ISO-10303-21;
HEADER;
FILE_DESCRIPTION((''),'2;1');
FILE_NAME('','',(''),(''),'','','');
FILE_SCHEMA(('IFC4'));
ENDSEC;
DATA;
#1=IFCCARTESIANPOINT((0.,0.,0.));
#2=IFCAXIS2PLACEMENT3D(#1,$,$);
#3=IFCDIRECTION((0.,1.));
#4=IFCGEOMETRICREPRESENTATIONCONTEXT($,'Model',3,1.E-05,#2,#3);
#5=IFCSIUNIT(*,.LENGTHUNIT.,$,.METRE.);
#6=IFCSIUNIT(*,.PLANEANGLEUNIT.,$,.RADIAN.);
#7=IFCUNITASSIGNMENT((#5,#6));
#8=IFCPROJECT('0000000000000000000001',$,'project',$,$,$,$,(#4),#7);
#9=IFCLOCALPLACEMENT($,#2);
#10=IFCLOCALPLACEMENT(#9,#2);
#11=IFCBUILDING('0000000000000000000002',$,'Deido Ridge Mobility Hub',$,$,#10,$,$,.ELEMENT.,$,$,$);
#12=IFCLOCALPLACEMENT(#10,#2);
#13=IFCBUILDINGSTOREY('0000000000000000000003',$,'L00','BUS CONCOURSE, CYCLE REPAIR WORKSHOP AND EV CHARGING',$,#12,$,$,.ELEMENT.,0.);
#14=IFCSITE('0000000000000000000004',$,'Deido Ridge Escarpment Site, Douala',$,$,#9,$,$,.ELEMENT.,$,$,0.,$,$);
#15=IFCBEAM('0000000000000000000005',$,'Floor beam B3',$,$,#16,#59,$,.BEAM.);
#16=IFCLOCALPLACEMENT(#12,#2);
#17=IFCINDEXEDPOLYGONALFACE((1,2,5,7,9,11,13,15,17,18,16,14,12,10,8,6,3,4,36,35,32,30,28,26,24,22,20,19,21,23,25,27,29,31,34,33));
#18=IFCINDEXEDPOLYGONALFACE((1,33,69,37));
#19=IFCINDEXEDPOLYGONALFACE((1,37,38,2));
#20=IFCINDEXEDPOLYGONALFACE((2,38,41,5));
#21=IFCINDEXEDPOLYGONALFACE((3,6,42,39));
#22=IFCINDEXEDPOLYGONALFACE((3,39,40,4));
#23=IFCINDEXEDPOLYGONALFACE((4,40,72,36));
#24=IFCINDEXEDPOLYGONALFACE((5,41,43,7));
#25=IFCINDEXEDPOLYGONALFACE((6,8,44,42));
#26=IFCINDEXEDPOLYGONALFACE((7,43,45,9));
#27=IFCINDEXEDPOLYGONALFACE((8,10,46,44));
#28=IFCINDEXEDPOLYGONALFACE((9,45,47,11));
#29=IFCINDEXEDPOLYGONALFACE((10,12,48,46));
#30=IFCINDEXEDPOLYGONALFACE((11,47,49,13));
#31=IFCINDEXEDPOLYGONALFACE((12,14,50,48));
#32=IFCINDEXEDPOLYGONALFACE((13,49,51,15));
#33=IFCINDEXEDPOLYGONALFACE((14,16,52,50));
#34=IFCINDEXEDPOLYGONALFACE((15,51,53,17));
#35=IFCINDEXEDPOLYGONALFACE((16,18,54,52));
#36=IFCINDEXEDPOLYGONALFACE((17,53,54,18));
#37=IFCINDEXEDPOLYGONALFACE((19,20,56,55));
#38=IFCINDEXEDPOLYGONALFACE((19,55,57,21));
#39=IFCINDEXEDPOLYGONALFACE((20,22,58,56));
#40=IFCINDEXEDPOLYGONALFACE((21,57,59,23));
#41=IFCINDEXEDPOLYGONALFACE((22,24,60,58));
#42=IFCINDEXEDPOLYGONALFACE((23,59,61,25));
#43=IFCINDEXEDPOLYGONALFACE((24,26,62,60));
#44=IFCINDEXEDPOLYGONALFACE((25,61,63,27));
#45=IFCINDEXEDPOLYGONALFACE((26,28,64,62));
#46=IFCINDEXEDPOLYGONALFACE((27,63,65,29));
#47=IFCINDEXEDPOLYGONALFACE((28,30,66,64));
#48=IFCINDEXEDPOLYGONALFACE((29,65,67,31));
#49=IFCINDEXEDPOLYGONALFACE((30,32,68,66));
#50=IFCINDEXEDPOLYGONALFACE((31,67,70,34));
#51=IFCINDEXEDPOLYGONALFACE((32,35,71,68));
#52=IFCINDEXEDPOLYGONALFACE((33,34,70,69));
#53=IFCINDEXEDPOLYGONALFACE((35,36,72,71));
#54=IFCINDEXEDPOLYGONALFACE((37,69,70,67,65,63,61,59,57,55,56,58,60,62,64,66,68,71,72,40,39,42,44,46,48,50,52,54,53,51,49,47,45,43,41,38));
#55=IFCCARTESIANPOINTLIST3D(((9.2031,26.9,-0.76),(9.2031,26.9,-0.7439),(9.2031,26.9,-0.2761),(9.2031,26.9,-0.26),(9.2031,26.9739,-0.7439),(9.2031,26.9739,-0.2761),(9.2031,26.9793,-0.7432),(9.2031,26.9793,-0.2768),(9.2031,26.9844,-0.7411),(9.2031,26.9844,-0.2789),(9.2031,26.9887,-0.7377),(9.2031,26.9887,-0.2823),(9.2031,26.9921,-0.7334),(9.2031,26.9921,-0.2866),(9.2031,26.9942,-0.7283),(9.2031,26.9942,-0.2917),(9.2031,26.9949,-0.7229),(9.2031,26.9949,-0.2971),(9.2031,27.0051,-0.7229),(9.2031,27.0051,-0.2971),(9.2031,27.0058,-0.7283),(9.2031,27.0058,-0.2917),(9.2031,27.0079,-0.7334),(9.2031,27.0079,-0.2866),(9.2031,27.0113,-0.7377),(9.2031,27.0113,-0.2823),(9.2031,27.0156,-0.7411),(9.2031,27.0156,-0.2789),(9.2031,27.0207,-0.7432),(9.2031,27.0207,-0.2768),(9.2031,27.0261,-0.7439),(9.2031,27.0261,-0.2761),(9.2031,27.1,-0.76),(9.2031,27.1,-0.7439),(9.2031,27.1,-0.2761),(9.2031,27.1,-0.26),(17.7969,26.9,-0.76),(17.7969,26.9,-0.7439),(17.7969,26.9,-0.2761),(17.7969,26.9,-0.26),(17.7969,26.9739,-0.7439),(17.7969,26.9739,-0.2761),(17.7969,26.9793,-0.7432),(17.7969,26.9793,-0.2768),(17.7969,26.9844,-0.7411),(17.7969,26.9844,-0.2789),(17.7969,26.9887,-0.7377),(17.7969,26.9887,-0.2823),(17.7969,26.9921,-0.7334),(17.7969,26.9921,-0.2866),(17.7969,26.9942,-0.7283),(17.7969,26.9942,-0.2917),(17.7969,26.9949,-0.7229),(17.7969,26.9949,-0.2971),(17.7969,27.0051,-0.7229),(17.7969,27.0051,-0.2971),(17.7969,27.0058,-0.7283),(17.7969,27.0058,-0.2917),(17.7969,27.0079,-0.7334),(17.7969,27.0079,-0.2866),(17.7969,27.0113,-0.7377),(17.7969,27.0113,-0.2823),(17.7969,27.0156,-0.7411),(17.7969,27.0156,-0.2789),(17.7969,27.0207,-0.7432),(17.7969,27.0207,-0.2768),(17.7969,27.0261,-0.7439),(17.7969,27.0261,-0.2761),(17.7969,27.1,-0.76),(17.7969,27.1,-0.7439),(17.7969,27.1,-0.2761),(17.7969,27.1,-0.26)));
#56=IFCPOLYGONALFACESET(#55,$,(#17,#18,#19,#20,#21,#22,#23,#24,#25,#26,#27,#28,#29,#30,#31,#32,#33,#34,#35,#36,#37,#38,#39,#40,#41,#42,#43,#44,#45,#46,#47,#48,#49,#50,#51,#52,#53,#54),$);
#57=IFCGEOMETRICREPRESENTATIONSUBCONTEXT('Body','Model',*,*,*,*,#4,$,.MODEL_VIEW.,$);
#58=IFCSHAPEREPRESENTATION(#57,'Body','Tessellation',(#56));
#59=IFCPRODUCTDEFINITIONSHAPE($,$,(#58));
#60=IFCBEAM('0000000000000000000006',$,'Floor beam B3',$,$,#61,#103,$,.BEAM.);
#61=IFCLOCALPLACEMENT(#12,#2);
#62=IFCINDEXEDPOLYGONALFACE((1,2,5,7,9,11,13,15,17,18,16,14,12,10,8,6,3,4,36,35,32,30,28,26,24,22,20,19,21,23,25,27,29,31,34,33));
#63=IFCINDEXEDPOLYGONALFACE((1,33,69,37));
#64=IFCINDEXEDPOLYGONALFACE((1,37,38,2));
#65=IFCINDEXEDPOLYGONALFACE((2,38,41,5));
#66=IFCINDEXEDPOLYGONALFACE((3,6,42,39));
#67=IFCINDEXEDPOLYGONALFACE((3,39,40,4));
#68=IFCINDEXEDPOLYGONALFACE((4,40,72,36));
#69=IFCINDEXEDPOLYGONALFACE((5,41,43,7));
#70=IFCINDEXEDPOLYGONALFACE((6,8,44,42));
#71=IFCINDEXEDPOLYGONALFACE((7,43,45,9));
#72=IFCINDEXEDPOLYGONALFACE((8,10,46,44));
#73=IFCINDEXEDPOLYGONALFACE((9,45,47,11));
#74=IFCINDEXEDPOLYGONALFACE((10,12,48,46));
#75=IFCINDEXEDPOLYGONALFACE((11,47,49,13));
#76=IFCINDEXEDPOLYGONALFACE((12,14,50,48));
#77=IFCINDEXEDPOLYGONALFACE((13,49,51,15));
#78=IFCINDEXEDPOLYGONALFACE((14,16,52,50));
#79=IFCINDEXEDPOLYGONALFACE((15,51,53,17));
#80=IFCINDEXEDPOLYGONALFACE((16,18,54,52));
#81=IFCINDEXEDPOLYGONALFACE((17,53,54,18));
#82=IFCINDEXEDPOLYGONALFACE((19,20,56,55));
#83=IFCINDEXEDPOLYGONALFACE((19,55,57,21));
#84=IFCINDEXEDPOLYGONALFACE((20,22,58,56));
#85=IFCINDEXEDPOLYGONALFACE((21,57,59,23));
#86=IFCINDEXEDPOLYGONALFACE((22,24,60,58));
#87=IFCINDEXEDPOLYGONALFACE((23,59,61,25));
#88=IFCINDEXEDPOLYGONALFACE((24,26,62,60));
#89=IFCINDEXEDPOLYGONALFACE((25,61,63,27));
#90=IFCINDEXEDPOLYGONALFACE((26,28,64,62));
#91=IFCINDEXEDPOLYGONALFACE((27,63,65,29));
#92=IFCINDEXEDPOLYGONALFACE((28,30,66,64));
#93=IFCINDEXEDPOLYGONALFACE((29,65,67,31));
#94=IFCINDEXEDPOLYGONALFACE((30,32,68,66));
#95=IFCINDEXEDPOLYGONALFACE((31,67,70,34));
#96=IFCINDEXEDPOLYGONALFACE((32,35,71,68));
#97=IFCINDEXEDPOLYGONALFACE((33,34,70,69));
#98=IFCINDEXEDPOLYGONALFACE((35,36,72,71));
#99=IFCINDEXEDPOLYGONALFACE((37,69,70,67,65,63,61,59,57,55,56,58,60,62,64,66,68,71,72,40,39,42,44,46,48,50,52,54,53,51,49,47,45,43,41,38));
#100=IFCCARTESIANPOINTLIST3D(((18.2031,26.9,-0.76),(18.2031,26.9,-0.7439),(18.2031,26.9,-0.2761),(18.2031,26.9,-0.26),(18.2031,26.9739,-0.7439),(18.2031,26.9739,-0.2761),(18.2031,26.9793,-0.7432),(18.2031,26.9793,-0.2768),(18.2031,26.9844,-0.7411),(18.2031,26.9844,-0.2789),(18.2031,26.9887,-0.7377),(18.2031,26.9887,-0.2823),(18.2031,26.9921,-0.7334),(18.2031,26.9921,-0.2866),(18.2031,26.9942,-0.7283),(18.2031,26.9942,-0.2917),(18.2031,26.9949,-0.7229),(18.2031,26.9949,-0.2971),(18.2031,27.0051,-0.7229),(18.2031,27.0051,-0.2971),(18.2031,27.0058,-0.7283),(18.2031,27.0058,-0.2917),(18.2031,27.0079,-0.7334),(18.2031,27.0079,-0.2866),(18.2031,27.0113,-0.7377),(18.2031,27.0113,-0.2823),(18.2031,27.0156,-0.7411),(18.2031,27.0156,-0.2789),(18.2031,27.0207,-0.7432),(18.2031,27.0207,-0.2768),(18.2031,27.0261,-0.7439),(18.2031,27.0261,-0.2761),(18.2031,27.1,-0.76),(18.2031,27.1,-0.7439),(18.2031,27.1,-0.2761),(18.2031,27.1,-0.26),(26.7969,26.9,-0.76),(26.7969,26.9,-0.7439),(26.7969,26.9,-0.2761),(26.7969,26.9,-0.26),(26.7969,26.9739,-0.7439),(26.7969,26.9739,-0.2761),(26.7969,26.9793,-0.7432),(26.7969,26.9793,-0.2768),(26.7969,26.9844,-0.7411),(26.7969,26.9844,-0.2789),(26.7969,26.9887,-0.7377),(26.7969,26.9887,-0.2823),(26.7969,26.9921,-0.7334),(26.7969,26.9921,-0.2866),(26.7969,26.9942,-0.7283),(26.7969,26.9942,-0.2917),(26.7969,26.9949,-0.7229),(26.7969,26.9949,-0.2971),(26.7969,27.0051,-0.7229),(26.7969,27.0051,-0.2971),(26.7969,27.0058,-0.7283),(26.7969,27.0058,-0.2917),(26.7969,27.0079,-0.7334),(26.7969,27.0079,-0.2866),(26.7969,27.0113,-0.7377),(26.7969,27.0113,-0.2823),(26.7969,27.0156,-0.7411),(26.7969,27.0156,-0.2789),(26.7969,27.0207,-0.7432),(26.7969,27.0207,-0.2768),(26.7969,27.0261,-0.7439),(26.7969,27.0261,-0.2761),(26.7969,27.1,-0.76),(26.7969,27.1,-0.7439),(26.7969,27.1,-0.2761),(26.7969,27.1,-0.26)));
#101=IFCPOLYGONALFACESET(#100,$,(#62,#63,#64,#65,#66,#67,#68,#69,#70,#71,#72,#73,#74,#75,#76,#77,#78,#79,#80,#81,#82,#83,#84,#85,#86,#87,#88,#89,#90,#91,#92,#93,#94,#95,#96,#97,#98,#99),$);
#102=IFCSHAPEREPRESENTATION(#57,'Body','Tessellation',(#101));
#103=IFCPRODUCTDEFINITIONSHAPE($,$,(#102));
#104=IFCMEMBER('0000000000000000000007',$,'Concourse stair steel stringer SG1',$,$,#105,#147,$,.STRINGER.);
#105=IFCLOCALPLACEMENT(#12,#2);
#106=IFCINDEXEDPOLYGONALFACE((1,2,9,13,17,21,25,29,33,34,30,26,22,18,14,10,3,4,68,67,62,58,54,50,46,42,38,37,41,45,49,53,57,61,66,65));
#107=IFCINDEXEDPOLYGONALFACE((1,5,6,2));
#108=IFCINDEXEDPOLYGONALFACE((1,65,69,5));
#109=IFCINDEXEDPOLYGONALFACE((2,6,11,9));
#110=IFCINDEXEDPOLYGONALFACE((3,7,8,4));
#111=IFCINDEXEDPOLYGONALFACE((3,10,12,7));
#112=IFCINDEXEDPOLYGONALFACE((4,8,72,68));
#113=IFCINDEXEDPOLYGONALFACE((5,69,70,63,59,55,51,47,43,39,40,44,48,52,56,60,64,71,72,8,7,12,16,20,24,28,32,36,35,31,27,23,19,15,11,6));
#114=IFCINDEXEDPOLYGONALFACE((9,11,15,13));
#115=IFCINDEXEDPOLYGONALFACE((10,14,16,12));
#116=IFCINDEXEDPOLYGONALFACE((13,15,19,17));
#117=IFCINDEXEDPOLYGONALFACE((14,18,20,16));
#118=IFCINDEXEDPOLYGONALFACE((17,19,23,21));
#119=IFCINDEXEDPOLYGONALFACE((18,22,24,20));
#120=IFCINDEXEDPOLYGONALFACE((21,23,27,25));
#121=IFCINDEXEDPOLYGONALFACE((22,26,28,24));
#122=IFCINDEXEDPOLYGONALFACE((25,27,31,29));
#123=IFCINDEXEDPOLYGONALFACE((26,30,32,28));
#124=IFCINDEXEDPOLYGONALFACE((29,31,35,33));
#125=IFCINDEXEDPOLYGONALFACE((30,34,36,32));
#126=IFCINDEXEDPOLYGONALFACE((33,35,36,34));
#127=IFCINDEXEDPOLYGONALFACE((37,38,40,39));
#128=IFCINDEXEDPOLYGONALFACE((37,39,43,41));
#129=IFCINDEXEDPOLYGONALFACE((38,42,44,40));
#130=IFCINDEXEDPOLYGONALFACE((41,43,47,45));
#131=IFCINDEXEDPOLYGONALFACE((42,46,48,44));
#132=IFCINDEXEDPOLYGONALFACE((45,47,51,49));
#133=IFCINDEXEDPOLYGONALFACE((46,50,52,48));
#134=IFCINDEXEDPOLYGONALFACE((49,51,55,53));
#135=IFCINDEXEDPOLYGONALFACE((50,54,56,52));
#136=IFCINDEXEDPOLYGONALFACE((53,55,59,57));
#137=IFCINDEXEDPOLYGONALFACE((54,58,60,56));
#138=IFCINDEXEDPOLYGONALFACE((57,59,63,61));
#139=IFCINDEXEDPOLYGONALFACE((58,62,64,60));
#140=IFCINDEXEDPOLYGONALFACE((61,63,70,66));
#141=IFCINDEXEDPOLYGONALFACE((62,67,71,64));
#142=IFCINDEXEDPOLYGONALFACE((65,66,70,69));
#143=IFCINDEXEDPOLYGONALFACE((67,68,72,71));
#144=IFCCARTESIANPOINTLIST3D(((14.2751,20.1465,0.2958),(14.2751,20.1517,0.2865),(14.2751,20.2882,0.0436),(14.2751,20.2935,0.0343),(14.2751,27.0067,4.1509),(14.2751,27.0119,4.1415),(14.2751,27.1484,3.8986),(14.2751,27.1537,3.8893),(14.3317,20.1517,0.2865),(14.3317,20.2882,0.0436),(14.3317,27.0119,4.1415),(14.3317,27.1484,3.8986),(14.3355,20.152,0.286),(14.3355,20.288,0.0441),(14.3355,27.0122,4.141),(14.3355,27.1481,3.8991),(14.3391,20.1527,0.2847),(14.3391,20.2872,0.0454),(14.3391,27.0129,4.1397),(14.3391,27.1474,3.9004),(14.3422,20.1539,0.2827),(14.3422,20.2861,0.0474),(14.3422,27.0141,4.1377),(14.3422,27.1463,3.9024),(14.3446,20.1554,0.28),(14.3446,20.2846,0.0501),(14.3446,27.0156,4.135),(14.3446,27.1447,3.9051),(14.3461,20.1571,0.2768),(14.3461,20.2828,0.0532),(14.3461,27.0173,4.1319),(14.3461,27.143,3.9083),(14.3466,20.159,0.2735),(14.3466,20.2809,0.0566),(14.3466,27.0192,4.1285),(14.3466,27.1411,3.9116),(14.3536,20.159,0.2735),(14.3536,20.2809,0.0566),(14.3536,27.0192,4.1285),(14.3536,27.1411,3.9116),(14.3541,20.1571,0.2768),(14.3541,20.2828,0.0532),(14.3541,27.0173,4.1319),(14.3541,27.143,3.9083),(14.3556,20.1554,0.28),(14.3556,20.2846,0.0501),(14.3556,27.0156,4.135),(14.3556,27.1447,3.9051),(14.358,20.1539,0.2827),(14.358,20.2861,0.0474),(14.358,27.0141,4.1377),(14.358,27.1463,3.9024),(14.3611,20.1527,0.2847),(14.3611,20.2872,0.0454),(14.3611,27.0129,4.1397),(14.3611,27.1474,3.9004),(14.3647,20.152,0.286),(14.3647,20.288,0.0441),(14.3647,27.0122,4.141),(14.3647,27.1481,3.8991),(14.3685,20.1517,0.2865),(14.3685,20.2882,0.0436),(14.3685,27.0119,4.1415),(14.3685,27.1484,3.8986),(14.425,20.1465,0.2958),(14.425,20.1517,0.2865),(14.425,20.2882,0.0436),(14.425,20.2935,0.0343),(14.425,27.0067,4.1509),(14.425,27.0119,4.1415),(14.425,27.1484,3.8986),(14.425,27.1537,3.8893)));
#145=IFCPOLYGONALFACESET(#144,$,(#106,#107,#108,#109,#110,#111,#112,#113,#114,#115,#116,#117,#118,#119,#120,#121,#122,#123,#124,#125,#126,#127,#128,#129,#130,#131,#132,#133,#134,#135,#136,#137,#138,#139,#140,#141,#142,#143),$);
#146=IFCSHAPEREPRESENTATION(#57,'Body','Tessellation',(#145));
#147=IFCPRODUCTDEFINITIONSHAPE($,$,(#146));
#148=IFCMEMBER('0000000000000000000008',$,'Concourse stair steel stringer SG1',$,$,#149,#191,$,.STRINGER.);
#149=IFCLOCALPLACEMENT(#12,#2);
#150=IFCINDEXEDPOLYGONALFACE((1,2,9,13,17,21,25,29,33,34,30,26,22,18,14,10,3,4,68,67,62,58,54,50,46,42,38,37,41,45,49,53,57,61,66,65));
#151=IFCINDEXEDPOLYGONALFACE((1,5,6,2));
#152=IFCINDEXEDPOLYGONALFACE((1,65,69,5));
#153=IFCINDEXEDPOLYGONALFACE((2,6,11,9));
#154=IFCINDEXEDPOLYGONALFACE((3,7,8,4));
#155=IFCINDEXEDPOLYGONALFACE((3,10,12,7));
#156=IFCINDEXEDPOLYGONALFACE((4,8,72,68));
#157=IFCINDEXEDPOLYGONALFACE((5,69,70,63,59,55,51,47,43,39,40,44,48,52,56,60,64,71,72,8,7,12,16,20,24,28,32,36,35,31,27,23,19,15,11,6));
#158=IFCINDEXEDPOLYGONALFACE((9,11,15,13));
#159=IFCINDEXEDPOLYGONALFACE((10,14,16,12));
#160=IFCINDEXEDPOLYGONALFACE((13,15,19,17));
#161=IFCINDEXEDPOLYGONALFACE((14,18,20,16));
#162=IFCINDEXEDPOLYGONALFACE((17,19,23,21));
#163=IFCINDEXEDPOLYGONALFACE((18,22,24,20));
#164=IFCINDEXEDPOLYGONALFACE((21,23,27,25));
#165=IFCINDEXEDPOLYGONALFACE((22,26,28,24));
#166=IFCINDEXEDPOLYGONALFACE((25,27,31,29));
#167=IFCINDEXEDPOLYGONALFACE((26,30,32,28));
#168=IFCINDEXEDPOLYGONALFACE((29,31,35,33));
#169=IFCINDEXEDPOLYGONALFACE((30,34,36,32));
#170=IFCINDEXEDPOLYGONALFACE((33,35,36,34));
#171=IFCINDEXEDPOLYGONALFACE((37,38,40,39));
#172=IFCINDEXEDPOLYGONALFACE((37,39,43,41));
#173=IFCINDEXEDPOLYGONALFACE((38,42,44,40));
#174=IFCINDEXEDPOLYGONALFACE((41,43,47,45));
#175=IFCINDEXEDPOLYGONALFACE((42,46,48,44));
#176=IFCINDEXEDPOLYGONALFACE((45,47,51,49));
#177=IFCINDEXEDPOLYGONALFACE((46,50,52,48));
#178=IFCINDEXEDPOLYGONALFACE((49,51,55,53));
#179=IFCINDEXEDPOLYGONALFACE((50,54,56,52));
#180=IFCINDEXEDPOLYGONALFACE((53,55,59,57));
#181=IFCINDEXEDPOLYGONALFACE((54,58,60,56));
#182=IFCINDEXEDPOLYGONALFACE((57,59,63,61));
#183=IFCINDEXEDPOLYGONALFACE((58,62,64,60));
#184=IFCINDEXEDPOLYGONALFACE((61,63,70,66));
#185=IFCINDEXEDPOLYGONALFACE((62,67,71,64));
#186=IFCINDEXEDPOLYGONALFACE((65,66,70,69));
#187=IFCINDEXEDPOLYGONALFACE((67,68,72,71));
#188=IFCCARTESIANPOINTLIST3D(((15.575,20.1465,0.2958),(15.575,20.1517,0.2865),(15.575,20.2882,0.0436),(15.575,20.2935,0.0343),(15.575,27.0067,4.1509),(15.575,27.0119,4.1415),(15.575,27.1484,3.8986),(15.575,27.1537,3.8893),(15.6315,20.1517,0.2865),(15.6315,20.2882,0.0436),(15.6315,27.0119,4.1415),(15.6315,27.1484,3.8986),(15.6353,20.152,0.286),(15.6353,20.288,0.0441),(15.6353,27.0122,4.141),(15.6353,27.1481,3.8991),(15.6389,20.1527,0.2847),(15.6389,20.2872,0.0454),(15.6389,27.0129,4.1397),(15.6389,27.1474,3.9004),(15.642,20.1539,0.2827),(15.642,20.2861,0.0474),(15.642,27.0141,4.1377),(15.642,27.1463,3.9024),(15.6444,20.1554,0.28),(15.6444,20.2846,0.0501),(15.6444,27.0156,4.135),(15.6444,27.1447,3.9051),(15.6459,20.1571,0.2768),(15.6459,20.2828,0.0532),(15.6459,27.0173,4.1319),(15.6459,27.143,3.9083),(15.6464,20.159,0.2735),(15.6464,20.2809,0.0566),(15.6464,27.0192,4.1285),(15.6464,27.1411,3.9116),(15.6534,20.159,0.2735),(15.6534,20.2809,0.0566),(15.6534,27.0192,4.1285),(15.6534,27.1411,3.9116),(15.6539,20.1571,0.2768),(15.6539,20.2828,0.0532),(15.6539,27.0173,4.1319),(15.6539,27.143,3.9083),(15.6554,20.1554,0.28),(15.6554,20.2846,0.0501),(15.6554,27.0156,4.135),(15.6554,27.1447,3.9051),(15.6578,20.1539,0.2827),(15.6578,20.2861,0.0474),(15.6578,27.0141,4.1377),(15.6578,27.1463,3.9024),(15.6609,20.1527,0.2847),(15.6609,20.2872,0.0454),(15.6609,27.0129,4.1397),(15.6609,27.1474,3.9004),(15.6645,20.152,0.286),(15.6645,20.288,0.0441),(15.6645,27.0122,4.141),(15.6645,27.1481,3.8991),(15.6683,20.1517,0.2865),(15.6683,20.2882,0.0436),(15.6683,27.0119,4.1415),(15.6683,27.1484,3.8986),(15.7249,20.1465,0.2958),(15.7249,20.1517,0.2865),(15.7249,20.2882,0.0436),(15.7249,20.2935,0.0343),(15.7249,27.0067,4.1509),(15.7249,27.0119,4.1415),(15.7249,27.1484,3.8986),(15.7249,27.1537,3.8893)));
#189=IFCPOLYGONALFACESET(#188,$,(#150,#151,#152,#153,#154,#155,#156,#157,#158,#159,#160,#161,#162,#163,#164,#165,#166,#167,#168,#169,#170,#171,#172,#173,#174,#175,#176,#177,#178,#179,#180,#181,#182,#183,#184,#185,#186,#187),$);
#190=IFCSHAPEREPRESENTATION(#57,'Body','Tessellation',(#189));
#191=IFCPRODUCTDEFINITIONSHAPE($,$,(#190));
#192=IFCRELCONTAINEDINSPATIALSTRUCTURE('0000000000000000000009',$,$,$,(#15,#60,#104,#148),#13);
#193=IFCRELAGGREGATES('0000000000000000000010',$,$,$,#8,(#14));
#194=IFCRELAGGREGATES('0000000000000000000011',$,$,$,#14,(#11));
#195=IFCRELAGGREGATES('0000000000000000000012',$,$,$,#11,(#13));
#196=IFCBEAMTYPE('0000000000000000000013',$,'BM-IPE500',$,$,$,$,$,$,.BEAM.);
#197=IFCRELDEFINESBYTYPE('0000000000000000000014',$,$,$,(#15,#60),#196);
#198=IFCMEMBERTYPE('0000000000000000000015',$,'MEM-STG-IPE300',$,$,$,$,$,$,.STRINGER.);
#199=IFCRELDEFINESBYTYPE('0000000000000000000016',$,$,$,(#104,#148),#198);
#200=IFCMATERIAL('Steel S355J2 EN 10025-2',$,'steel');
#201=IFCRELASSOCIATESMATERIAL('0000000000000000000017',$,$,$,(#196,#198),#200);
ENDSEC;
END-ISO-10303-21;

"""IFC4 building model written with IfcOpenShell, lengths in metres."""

from ifc_helpers import new_model, si_unit, direction, frame, origin, origin_2d, place, context, subcontext, project, spatial, i_section, extrude, material, material_profile, profile_set, type_object, element, save


model = new_model("IFC4")

# Units and contexts
model_context = context("Model", 3, precision=1e-05, world=origin(), true_north=direction((0.0, 1.0)))
body_context = subcontext(model_context, "Body", "Model", "MODEL_VIEW")
ifc_project = project(units=[si_unit("LENGTHUNIT", "METRE"), si_unit("PLANEANGLEUNIT", "RADIAN")], contexts=[model_context])

# Site, building, storey
site_placement = place(None, origin())
site = spatial("IfcSite", under=ifc_project, at=site_placement, Name="Deido Ridge Escarpment Site, Douala", CompositionType="ELEMENT", RefElevation=0.0)
building_placement = place(site_placement, origin())
building = spatial("IfcBuilding", under=site, at=building_placement, Name="Deido Ridge Mobility Hub", CompositionType="ELEMENT")
storey_placement = place(building_placement, origin())
storey = spatial("IfcBuildingStorey", under=building, at=storey_placement, Name="L00", Description="BUS CONCOURSE, CYCLE REPAIR WORKSHOP AND EV CHARGING", CompositionType="ELEMENT", Elevation=0.0)

# Beams
ifc_material_1 = material(Name="Steel S355J2 EN 10025-2", Category="steel")
ifc_material_profile_1 = material_profile(ifc_material_1, i_section(OverallWidth=0.2, OverallDepth=0.5, WebThickness=0.0103, FlangeThickness=0.0161, FilletRadius=0.021, at=origin_2d()), Name="IPE 500")
ifc_profile_set_1 = profile_set([ifc_material_profile_1], Name="Steel S355J2 EN 10025-2")
beam_type_1 = type_object("IfcBeamType", Name="BM-IPE500", PredefinedType="BEAM", material=ifc_profile_set_1)
for number, where, z_axis, x_axis, name in (
    (1, (9.2031, 27.0, -0.51), (1.0, 0.0, 0.0), (0.0, 1.0, 0.0), "Floor beam B3"),
    (2, (18.2031, 27.0, -0.51), (1.0, 0.0, 0.0), (0.0, 1.0, 0.0), "Floor beam B3"),
):
    element("IfcBeam", number, at=place(storey_placement, frame(where, z_axis=z_axis, x_axis=x_axis)), inside=storey, type_object=beam_type_1, Name=name, PredefinedType="BEAM", context=body_context, shape_type="SweptSolid", body=[
        extrude(i_section(OverallWidth=0.2, OverallDepth=0.5, WebThickness=0.0103, FlangeThickness=0.0161, FilletRadius=0.021, at=origin_2d()), origin(), (0.0, 0.0, 1.0), 8.5938),
    ])

# Members
ifc_material_profile_2 = material_profile(ifc_material_1, i_section(OverallWidth=0.1499, OverallDepth=0.3, WebThickness=0.0071, FlangeThickness=0.0107, FilletRadius=0.0149, at=origin_2d()), Name="IPE 300")
ifc_profile_set_2 = profile_set([ifc_material_profile_2], Name="Steel S355J2 EN 10025-2")
member_type = type_object("IfcMemberType", Name="MEM-STG-IPE300", PredefinedType="STRINGER", material=ifc_profile_set_2)
for number, where, z_axis, x_axis, name in (
    (3, (14.3501, 20.22, 0.165), (0.0, 0.871783, 0.489891), (-1.0, 0.0, 0.0), "Concourse stair steel stringer SG1"),
    (4, (15.6499, 20.22, 0.165), (0.0, 0.871783, 0.489891), (-1.0, 0.0, 0.0), "Concourse stair steel stringer SG1"),
):
    element("IfcMember", number, at=place(storey_placement, frame(where, z_axis=z_axis, x_axis=x_axis)), inside=storey, type_object=member_type, Name=name, PredefinedType="STRINGER", context=body_context, shape_type="SweptSolid", body=[
        extrude(i_section(OverallWidth=0.1499, OverallDepth=0.3, WebThickness=0.0071, FlangeThickness=0.0107, FilletRadius=0.0149, at=origin_2d()), origin(), (0.0, 0.0, 1.0), 7.8691),
    ])

save(model, "model.ifc")
